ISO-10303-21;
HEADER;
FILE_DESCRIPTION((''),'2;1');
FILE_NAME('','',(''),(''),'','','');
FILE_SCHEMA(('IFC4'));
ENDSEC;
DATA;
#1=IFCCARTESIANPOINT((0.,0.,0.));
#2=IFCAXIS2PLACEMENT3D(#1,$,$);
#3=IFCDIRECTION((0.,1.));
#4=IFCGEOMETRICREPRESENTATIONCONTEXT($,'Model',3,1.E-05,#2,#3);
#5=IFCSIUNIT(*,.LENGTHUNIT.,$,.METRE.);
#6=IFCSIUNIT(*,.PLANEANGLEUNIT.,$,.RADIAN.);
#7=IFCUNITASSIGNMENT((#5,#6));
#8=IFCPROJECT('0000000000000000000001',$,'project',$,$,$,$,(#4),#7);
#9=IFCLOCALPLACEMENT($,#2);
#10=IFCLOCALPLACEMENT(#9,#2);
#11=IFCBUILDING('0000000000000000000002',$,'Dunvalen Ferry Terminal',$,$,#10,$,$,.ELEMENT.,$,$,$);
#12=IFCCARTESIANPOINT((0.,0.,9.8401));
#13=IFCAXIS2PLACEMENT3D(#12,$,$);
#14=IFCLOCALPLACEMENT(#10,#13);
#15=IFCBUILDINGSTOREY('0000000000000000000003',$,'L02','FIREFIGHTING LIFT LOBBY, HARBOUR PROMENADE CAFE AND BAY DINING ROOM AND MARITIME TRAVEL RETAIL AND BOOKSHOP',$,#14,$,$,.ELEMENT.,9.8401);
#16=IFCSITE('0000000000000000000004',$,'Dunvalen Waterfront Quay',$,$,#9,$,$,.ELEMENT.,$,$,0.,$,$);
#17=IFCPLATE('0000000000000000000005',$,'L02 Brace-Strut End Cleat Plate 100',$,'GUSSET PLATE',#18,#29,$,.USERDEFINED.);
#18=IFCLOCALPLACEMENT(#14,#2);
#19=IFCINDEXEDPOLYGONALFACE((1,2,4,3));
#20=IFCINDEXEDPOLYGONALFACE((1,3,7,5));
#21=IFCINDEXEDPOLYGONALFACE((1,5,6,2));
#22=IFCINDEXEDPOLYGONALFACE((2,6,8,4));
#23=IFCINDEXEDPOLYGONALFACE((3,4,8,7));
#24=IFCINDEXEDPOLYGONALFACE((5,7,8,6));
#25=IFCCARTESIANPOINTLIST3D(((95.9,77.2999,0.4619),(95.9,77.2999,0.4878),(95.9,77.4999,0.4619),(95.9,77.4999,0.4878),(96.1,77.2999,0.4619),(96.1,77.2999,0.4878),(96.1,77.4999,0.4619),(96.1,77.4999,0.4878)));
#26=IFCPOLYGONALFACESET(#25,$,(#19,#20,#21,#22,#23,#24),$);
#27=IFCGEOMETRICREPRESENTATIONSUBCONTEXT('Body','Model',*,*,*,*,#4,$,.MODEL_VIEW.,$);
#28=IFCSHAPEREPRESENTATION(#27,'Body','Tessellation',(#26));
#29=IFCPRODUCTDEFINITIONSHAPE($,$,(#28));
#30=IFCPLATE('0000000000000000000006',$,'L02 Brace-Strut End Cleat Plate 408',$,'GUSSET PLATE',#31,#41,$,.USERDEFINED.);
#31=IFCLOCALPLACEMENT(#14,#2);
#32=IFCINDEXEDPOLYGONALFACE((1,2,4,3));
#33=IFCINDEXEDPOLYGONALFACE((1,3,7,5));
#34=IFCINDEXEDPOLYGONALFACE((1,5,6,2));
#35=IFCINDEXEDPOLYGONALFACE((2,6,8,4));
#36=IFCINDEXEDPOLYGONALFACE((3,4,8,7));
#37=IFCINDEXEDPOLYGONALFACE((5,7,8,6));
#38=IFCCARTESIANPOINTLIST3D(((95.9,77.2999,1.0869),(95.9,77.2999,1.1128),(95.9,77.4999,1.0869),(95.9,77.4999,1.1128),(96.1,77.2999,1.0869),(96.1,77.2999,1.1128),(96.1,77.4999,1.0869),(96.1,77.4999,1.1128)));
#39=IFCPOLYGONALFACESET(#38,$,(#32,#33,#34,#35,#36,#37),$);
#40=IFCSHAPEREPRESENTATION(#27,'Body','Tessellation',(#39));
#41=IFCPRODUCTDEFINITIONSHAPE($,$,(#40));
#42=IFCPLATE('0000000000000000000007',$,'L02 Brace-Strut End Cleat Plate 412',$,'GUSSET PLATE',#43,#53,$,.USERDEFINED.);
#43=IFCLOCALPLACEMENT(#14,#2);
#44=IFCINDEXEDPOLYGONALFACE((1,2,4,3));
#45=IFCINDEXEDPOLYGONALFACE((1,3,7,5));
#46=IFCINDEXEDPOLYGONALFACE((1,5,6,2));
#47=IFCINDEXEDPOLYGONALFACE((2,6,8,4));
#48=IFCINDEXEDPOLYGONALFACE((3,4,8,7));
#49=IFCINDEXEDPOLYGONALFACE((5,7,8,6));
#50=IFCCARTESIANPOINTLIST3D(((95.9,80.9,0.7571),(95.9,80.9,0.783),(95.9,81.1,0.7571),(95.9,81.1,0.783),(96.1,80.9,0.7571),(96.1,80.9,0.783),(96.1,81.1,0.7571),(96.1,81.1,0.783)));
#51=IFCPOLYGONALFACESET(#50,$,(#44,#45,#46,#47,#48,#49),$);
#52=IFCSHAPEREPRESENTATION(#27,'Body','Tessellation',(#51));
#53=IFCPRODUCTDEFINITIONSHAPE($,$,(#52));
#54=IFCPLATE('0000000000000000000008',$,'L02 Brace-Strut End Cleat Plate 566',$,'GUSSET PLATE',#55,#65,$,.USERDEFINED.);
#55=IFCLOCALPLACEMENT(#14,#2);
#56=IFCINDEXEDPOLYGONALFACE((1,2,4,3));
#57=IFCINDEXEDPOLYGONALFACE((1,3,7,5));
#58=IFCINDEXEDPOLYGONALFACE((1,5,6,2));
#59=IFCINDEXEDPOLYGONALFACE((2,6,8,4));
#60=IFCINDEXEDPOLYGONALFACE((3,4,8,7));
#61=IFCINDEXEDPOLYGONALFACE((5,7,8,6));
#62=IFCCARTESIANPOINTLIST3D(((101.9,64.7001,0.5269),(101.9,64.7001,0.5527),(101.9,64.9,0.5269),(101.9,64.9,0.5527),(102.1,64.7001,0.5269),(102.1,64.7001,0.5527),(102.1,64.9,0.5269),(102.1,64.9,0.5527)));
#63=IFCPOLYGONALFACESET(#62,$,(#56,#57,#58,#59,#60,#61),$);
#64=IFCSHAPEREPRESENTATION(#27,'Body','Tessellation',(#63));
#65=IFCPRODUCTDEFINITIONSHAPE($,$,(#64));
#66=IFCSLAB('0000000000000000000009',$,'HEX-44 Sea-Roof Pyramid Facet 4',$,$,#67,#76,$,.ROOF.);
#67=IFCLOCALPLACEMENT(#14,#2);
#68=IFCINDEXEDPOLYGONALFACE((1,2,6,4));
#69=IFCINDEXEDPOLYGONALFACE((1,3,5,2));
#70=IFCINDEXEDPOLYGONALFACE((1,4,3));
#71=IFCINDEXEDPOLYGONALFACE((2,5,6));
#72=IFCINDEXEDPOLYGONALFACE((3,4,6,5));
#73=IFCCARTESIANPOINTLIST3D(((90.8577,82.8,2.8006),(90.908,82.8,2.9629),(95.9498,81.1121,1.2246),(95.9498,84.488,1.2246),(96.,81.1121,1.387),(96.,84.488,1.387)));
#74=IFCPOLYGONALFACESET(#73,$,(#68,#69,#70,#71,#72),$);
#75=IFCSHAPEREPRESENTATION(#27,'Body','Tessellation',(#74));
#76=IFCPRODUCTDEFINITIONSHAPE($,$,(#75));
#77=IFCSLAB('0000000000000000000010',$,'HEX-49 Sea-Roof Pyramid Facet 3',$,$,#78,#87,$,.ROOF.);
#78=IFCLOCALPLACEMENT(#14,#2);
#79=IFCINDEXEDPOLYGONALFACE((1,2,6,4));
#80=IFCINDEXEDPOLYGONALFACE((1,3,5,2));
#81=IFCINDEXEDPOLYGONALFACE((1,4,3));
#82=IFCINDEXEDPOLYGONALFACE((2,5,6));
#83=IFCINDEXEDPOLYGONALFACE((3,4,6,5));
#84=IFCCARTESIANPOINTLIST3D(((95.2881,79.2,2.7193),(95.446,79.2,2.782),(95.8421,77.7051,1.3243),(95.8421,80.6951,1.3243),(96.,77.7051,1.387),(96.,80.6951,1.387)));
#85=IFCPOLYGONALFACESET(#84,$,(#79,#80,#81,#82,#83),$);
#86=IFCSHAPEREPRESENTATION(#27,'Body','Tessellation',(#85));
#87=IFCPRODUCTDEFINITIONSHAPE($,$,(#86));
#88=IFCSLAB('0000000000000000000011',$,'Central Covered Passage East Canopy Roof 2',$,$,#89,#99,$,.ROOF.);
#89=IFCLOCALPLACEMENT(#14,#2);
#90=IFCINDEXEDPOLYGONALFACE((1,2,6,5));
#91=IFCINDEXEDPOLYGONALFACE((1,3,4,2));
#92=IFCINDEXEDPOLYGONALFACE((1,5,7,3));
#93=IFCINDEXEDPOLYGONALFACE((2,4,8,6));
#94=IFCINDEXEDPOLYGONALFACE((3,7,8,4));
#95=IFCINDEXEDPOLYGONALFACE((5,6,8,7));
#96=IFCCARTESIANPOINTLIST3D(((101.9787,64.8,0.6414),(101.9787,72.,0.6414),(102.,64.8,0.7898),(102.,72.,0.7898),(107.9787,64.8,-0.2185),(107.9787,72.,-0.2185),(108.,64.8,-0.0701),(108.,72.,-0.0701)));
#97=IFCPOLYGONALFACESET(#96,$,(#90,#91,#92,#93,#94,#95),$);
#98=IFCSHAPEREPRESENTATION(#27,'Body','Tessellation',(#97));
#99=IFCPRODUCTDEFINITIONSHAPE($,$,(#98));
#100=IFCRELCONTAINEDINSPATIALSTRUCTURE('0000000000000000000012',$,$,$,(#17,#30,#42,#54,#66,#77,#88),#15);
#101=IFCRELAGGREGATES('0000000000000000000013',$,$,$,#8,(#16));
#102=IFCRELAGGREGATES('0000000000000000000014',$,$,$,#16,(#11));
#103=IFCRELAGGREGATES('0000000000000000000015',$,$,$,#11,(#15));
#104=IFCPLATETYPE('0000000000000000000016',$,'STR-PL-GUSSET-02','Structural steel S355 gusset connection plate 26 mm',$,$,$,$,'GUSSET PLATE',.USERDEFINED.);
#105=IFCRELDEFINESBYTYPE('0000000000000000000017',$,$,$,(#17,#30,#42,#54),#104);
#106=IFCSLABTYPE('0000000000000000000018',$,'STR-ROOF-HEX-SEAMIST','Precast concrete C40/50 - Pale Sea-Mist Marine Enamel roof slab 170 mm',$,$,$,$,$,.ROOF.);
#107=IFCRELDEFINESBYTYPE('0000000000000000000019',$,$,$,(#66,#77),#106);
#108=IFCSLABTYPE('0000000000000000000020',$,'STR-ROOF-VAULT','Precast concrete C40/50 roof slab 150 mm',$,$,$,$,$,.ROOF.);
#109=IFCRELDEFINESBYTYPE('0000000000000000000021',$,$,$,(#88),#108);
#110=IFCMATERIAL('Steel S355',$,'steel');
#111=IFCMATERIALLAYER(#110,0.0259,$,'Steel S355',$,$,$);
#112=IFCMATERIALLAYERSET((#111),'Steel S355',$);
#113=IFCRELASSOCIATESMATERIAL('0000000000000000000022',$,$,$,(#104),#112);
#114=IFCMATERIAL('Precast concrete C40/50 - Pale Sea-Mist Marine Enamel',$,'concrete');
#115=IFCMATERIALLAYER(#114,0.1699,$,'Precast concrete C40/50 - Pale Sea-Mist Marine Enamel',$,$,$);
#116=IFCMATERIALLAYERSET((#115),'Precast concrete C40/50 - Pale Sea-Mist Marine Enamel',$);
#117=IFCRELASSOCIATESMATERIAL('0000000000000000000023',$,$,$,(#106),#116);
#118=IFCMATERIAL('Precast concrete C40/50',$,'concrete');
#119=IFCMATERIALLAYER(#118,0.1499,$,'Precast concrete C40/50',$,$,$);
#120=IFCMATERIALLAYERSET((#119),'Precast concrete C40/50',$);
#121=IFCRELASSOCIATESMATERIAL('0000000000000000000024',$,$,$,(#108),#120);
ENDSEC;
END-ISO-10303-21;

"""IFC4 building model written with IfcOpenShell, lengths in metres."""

from ifc_helpers import new_model, si_unit, direction, frame, origin, origin_2d, place, context, subcontext, project, spatial, polyline, rectangle, outline, extrude, material, layer, layer_set, type_object, element, save


model = new_model("IFC4")

# Units and contexts
model_context = context("Model", 3, precision=1e-05, world=origin(), true_north=direction((0.0, 1.0)))
body_context = subcontext(model_context, "Body", "Model", "MODEL_VIEW")
ifc_project = project(units=[si_unit("LENGTHUNIT", "METRE"), si_unit("PLANEANGLEUNIT", "RADIAN")], contexts=[model_context])

# Site, building, storey
site_placement = place(None, origin())
site = spatial("IfcSite", under=ifc_project, at=site_placement, Name="Dunvalen Waterfront Quay", CompositionType="ELEMENT", RefElevation=0.0)
building_placement = place(site_placement, origin())
building = spatial("IfcBuilding", under=site, at=building_placement, Name="Dunvalen Ferry Terminal", CompositionType="ELEMENT")
storey_placement = place(building_placement, frame((0.0, 0.0, 9.8401)))
storey = spatial("IfcBuildingStorey", under=building, at=storey_placement, Name="L02", Description="FIREFIGHTING LIFT LOBBY, HARBOUR PROMENADE CAFE AND BAY DINING ROOM AND MARITIME TRAVEL RETAIL AND BOOKSHOP", CompositionType="ELEMENT", Elevation=9.8401)

# Shared definitions
ifc_material_1 = material(Name="Steel S355", Category="steel")

# Plates
ifc_layer_1 = layer(ifc_material_1, 0.0259, Name="Steel S355")
ifc_layer_set_1 = layer_set([ifc_layer_1], Name="Steel S355")
plate_type_1 = type_object("IfcPlateType", Name="STR-PL-GUSSET-02", Description="Structural steel S355 gusset connection plate 26 mm", ElementType="GUSSET PLATE", PredefinedType="USERDEFINED", material=ifc_layer_set_1)
for number, where, z_axis, x_axis, name in (
    (1, (96.0, 77.3999, 0.4619), (0.0, 0.0, 1.0), (1.0, 0.0, 0.0), "L02 Brace-Strut End Cleat Plate 100"),
    (2, (96.0, 77.3999, 1.0869), (0.0, 0.0, 1.0), (1.0, 0.0, 0.0), "L02 Brace-Strut End Cleat Plate 408"),
    (3, (96.0, 81.0, 0.7571), (0.0, 0.0, 1.0), (1.0, 0.0, 0.0), "L02 Brace-Strut End Cleat Plate 412"),
    (4, (102.0, 64.8, 0.5269), (0.0, 0.0, 1.0), (1.0, 0.0, 0.0), "L02 Brace-Strut End Cleat Plate 566"),
):
    element("IfcPlate", number, at=place(storey_placement, frame(where, z_axis=z_axis, x_axis=x_axis)), inside=storey, type_object=plate_type_1, Name=name, ObjectType="GUSSET PLATE", PredefinedType="USERDEFINED", context=body_context, shape_type="SweptSolid", body=[
        extrude(rectangle(XDim=0.2, YDim=0.2, at=origin_2d()), origin(), (0.0, 0.0, 1.0), 0.0259),
    ])

# Slabs
ifc_material_2 = material(Name="Precast concrete C40/50 - Pale Sea-Mist Marine Enamel", Category="concrete")
ifc_layer_2 = layer(ifc_material_2, 0.1699, Name="Precast concrete C40/50 - Pale Sea-Mist Marine Enamel")
ifc_layer_set_2 = layer_set([ifc_layer_2], Name="Precast concrete C40/50 - Pale Sea-Mist Marine Enamel")
slab_type_1 = type_object("IfcSlabType", Name="STR-ROOF-HEX-SEAMIST", Description="Precast concrete C40/50 - Pale Sea-Mist Marine Enamel roof slab 170 mm", PredefinedType="ROOF", material=ifc_layer_set_2)
slab_1_placement = place(storey_placement, frame((96.0, 81.1121, 1.387), z_axis=(0.295653, 0.0, 0.955295), x_axis=(0.0, 1.0, 0.0)))
element("IfcSlab", 5, at=slab_1_placement, inside=storey, type_object=slab_type_1, Name="HEX-44 Sea-Roof Pyramid Facet 4", PredefinedType="ROOF", context=body_context, shape_type="SweptSolid", body=[
    extrude(outline(polyline([(0.0, 0.0), (3.376, 0.0), (1.688, 5.3303), (0.0, 0.0)])), origin(), (0.0, 0.0, -1.0), 0.1699),
])
slab_2_placement = place(storey_placement, frame((96.0, 77.7051, 1.387), z_axis=(0.929405, 0.0, 0.369062), x_axis=(0.0, 1.0, 0.0)))
element("IfcSlab", 6, at=slab_2_placement, inside=storey, type_object=slab_type_1, Name="HEX-49 Sea-Roof Pyramid Facet 3", PredefinedType="ROOF", context=body_context, shape_type="SweptSolid", body=[
    extrude(outline(polyline([(0.0, 0.0), (2.99, 0.0), (1.4949, 1.501), (0.0, 0.0)])), origin(), (0.0, 0.0, -1.0), 0.1699),
])
ifc_material_3 = material(Name="Precast concrete C40/50", Category="concrete")
ifc_layer_3 = layer(ifc_material_3, 0.1499, Name="Precast concrete C40/50")
ifc_layer_set_3 = layer_set([ifc_layer_3], Name="Precast concrete C40/50")
slab_type_2 = type_object("IfcSlabType", Name="STR-ROOF-VAULT", Description="Precast concrete C40/50 roof slab 150 mm", PredefinedType="ROOF", material=ifc_layer_set_3)
slab_3_placement = place(storey_placement, frame((102.0, 64.8, 0.7898), z_axis=(0.141861, 0.0, 0.989887), x_axis=(0.989887, 0.0, -0.141861)))
element("IfcSlab", 7, at=slab_3_placement, inside=storey, type_object=slab_type_2, Name="Central Covered Passage East Canopy Roof 2", PredefinedType="ROOF", context=body_context, shape_type="SweptSolid", body=[
    extrude(outline(polyline([(0.0, 0.0), (6.0613, 0.0), (6.0613, 7.2), (0.0, 7.2), (0.0, 0.0)])), origin(), (0.0, 0.0, -1.0), 0.1499),
])

save(model, "model.ifc")
